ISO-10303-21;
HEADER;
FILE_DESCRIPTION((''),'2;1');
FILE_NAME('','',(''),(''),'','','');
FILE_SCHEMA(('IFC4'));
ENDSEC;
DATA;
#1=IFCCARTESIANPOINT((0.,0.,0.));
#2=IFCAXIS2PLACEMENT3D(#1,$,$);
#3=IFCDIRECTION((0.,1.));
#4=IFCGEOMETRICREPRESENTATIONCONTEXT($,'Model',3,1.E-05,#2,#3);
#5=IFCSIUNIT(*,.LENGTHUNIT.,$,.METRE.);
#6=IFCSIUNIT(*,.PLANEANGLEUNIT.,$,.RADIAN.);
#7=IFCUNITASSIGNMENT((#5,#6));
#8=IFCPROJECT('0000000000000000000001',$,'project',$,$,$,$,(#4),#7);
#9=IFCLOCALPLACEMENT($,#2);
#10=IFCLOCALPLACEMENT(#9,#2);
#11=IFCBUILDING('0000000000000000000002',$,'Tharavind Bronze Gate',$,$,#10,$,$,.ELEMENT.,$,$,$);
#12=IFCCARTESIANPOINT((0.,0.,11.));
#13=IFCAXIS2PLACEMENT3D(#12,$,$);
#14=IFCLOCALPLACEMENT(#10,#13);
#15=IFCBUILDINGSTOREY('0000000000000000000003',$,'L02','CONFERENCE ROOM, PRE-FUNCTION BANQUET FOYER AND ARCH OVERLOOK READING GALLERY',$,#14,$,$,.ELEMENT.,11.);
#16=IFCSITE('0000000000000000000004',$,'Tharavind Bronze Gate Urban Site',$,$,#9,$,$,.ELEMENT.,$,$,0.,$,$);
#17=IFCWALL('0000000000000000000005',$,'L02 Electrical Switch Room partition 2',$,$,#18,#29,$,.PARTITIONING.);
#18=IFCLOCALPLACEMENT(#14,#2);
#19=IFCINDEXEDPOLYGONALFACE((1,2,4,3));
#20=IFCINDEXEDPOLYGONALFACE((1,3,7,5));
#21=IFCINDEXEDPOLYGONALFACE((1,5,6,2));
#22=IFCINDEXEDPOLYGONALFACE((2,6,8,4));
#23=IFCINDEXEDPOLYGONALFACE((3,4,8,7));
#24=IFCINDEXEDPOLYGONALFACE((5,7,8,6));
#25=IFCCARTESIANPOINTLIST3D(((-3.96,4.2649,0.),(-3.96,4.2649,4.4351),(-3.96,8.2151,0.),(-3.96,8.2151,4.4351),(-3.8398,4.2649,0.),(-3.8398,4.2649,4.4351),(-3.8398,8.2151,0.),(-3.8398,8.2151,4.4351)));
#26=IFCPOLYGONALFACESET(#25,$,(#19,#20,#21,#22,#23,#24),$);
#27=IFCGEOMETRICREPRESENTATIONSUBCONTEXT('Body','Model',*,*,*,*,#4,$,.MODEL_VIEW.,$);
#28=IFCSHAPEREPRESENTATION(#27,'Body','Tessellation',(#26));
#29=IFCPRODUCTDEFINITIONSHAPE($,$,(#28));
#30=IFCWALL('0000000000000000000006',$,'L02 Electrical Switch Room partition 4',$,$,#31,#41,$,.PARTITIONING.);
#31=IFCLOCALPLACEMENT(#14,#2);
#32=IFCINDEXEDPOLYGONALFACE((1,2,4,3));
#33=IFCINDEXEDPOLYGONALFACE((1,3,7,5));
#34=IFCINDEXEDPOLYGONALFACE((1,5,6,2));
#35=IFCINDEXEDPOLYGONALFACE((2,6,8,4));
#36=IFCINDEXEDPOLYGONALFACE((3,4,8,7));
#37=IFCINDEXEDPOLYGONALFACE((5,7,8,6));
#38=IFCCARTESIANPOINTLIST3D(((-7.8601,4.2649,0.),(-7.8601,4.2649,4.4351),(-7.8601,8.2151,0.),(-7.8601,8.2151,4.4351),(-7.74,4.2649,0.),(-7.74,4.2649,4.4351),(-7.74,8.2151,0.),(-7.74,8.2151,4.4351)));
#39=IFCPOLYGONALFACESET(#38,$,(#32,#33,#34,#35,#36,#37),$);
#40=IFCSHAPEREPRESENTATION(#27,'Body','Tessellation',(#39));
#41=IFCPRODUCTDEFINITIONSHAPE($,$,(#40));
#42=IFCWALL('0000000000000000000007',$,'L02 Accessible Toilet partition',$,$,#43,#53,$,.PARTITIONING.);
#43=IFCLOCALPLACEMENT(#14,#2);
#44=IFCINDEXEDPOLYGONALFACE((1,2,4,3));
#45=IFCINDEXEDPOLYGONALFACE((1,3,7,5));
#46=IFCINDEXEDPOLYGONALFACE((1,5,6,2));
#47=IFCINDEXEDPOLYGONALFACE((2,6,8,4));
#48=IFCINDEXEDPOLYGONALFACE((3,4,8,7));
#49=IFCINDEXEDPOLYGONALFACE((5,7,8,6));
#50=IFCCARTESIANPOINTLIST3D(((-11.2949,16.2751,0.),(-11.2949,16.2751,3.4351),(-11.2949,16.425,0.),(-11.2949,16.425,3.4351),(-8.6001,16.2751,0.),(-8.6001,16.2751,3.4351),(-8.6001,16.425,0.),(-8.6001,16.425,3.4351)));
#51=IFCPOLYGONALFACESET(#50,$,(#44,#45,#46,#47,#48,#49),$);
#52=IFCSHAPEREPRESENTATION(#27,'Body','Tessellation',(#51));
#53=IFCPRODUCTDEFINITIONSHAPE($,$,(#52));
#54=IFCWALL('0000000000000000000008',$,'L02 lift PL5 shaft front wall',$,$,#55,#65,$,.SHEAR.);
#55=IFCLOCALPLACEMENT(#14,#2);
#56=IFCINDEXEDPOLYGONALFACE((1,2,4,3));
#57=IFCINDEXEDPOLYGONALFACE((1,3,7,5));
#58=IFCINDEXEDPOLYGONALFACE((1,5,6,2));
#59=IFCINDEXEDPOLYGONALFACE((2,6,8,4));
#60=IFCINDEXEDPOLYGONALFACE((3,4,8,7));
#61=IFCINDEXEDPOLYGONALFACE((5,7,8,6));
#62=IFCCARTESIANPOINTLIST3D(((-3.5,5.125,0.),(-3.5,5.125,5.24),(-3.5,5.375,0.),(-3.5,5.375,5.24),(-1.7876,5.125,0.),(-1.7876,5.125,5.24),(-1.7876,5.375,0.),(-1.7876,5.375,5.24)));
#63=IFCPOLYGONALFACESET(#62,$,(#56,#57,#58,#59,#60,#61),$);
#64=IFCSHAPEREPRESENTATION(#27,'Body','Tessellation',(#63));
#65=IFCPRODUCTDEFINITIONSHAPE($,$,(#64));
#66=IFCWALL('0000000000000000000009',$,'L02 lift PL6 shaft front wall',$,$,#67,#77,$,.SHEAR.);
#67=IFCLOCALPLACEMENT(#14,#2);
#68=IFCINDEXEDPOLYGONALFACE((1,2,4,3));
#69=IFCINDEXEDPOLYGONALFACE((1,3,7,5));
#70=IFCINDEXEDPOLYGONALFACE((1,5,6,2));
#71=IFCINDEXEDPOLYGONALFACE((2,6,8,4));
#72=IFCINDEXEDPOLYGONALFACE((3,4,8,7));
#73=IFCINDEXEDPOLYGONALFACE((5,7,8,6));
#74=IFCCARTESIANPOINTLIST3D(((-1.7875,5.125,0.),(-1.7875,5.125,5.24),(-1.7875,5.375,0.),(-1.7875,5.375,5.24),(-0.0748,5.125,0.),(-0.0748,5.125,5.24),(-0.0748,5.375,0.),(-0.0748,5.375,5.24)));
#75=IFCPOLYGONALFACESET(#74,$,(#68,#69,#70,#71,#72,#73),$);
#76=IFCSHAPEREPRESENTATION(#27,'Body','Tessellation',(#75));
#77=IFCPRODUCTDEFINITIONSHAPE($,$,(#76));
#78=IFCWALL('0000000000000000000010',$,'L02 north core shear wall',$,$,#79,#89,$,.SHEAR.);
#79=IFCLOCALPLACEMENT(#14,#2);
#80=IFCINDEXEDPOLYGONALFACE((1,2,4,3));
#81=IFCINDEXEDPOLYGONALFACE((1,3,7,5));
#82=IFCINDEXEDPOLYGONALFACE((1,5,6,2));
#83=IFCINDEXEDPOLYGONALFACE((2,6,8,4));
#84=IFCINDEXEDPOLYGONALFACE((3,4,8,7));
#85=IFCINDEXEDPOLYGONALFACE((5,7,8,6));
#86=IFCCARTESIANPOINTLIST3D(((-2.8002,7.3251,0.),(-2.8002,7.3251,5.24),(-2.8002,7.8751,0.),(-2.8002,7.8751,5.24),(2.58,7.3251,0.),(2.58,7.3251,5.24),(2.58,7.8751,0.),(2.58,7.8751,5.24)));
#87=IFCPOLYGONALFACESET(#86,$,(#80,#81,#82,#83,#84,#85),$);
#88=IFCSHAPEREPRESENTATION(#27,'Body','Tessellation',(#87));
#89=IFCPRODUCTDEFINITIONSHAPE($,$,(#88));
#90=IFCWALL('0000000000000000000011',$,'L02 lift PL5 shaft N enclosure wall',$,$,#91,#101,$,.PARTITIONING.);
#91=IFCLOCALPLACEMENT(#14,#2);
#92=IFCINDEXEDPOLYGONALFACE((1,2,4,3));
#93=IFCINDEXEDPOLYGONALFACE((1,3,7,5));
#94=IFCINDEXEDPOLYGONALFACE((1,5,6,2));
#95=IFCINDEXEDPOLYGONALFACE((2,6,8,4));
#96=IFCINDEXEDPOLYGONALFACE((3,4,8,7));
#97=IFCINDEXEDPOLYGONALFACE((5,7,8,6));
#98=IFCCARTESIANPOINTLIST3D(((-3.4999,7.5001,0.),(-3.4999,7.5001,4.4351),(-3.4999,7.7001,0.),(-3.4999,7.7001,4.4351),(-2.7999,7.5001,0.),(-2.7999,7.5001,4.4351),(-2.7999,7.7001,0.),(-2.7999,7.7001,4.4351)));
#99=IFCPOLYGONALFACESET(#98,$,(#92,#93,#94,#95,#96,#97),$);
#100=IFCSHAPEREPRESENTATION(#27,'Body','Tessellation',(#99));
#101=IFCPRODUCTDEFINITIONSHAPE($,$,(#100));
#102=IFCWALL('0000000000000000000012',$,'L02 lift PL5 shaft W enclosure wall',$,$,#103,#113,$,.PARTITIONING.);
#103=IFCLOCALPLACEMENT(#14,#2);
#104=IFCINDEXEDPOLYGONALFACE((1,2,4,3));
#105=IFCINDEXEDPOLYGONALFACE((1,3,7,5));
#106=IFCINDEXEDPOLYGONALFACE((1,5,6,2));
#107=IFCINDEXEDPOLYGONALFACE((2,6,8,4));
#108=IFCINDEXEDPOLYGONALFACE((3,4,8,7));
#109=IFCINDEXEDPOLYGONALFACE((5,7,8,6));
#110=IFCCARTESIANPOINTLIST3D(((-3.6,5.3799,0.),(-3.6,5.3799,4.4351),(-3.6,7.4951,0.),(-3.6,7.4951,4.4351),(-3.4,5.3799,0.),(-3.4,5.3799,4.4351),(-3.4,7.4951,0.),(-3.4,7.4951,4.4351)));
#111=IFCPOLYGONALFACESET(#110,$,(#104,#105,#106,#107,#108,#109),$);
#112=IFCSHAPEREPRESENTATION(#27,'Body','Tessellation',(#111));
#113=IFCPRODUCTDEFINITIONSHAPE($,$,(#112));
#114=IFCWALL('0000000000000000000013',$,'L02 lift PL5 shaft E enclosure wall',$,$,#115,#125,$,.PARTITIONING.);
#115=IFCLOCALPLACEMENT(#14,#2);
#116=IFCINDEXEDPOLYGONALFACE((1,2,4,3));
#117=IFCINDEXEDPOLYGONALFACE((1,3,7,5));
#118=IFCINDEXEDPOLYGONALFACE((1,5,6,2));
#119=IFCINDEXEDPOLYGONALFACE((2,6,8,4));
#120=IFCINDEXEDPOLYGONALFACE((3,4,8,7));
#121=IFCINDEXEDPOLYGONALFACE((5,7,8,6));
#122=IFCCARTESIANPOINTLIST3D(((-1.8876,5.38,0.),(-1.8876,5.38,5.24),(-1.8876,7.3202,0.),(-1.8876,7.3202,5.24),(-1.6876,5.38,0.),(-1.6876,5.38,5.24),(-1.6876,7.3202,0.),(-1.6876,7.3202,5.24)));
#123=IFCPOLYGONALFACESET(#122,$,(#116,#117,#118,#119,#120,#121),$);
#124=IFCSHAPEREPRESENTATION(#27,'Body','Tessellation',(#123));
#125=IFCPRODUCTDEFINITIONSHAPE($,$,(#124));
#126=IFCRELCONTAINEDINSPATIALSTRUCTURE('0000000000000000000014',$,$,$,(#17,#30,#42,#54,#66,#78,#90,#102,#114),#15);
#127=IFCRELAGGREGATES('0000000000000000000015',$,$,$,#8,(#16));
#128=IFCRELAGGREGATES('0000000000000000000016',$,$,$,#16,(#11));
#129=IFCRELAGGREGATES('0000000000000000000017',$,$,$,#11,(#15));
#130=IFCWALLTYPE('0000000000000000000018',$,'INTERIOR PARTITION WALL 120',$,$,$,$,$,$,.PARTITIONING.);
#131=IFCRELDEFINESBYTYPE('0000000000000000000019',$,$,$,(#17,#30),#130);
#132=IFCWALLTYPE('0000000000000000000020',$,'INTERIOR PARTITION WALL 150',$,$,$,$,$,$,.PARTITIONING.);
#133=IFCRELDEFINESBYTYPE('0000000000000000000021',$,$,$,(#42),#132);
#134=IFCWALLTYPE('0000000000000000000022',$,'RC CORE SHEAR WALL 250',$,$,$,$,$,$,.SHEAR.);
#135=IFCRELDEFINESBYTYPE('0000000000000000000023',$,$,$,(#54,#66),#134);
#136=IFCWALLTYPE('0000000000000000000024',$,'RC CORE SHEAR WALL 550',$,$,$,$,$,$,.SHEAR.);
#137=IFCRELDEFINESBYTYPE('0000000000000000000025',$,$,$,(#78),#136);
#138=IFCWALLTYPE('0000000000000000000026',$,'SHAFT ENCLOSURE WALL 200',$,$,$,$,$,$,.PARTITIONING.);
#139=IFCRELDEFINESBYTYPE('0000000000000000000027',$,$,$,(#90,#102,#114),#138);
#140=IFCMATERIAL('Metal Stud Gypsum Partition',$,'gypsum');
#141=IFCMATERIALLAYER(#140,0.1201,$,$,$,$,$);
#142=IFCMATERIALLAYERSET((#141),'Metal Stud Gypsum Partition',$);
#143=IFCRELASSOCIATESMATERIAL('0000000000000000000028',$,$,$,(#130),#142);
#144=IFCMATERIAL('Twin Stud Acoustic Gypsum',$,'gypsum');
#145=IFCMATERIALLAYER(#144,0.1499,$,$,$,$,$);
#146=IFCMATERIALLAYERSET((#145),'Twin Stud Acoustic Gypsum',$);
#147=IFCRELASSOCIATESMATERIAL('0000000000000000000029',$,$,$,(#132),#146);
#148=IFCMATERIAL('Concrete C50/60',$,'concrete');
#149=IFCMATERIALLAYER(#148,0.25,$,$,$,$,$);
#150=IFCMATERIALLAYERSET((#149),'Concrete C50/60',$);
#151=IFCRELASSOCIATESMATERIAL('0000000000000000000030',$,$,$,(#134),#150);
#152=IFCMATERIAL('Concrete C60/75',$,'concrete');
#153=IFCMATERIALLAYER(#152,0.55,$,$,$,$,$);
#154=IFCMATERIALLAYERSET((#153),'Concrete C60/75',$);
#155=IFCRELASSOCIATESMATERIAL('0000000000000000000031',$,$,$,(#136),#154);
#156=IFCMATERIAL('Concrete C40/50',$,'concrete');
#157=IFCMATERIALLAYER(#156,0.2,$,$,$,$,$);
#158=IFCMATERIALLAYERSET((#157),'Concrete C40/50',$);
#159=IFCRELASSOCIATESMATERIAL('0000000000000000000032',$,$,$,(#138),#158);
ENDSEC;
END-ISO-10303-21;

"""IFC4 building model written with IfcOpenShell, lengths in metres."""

from ifc_helpers import new_model, si_unit, direction, frame, frame_2d, origin, place, context, subcontext, project, spatial, rectangle, extrude, material, layer, layer_set, type_object, element, save


model = new_model("IFC4")

# Units and contexts
model_context = context("Model", 3, precision=1e-05, world=origin(), true_north=direction((0.0, 1.0)))
body_context = subcontext(model_context, "Body", "Model", "MODEL_VIEW")
ifc_project = project(units=[si_unit("LENGTHUNIT", "METRE"), si_unit("PLANEANGLEUNIT", "RADIAN")], contexts=[model_context])

# Site, building, storey
site_placement = place(None, origin())
site = spatial("IfcSite", under=ifc_project, at=site_placement, Name="Tharavind Bronze Gate Urban Site", CompositionType="ELEMENT", RefElevation=0.0)
building_placement = place(site_placement, origin())
building = spatial("IfcBuilding", under=site, at=building_placement, Name="Tharavind Bronze Gate", CompositionType="ELEMENT")
storey_placement = place(building_placement, frame((0.0, 0.0, 11.0)))
storey = spatial("IfcBuildingStorey", under=building, at=storey_placement, Name="L02", Description="CONFERENCE ROOM, PRE-FUNCTION BANQUET FOYER AND ARCH OVERLOOK READING GALLERY", CompositionType="ELEMENT", Elevation=11.0)

# Shared definitions
ifc_material_1 = material(Name="Concrete C60/75", Category="concrete")

# Walls
ifc_material_2 = material(Name="Metal Stud Gypsum Partition", Category="gypsum")
ifc_layer_1 = layer(ifc_material_2, 0.1201)
ifc_layer_set_1 = layer_set([ifc_layer_1], Name="Metal Stud Gypsum Partition")
wall_type_1 = type_object("IfcWallType", Name="INTERIOR PARTITION WALL 120", PredefinedType="PARTITIONING", material=ifc_layer_set_1)
for number, where, z_axis, x_axis, name in (
    (1, (-3.8999, 4.2649, 0.0), (0.0, 0.0, 1.0), (0.0, 1.0, 0.0), "L02 Electrical Switch Room partition 2"),
    (2, (-7.8, 8.2151, 0.0), (0.0, 0.0, 1.0), (0.0, -1.0, 0.0), "L02 Electrical Switch Room partition 4"),
):
    element("IfcWall", number, at=place(storey_placement, frame(where, z_axis=z_axis, x_axis=x_axis)), inside=storey, type_object=wall_type_1, Name=name, PredefinedType="PARTITIONING", context=body_context, shape_type="SweptSolid", body=[
        extrude(rectangle(XDim=3.9502, YDim=0.1201, at=frame_2d((1.9751, 0.0))), origin(), (0.0, 0.0, 1.0), 4.4351),
    ])
ifc_material_3 = material(Name="Twin Stud Acoustic Gypsum", Category="gypsum")
ifc_layer_2 = layer(ifc_material_3, 0.1499)
ifc_layer_set_2 = layer_set([ifc_layer_2], Name="Twin Stud Acoustic Gypsum")
wall_type_2 = type_object("IfcWallType", Name="INTERIOR PARTITION WALL 150", PredefinedType="PARTITIONING", material=ifc_layer_set_2)
wall_1_placement = place(storey_placement, frame((-11.2949, 16.3501, 0.0), z_axis=(0.0, 0.0, 1.0), x_axis=(1.0, 0.0, 0.0)))
element("IfcWall", 3, at=wall_1_placement, inside=storey, type_object=wall_type_2, Name="L02 Accessible Toilet partition", PredefinedType="PARTITIONING", context=body_context, shape_type="SweptSolid", body=[
    extrude(rectangle(XDim=2.6948, YDim=0.1499, at=frame_2d((1.3474, 0.0))), origin(), (0.0, 0.0, 1.0), 3.4351),
])
ifc_material_4 = material(Name="Concrete C50/60", Category="concrete")
ifc_layer_3 = layer(ifc_material_4, 0.25)
ifc_layer_set_3 = layer_set([ifc_layer_3], Name="Concrete C50/60")
wall_type_3 = type_object("IfcWallType", Name="RC CORE SHEAR WALL 250", PredefinedType="SHEAR", material=ifc_layer_set_3)
wall_2_placement = place(storey_placement, frame((-3.5, 5.25, 0.0), z_axis=(0.0, 0.0, 1.0), x_axis=(1.0, 0.0, 0.0)))
element("IfcWall", 4, at=wall_2_placement, inside=storey, type_object=wall_type_3, Name="L02 lift PL5 shaft front wall", PredefinedType="SHEAR", context=body_context, shape_type="SweptSolid", body=[
    extrude(rectangle(XDim=1.7124, YDim=0.25, at=frame_2d((0.8562, 0.0))), origin(), (0.0, 0.0, 1.0), 5.24),
])
wall_3_placement = place(storey_placement, frame((-1.7876, 5.25, 0.0), z_axis=(0.0, 0.0, 1.0), x_axis=(1.0, 0.0, 0.0)))
element("IfcWall", 5, at=wall_3_placement, inside=storey, type_object=wall_type_3, Name="L02 lift PL6 shaft front wall", PredefinedType="SHEAR", context=body_context, shape_type="SweptSolid", body=[
    extrude(rectangle(XDim=1.7126, YDim=0.25, at=frame_2d((0.8564, 0.0))), origin(), (0.0, 0.0, 1.0), 5.24),
])
ifc_layer_4 = layer(ifc_material_1, 0.55)
ifc_layer_set_4 = layer_set([ifc_layer_4], Name="Concrete C60/75")
wall_type_4 = type_object("IfcWallType", Name="RC CORE SHEAR WALL 550", PredefinedType="SHEAR", material=ifc_layer_set_4)
wall_4_placement = place(storey_placement, frame((-2.8, 7.6001, 0.0), z_axis=(0.0, 0.0, 1.0), x_axis=(1.0, 0.0, 0.0)))
element("IfcWall", 6, at=wall_4_placement, inside=storey, type_object=wall_type_4, Name="L02 north core shear wall", PredefinedType="SHEAR", context=body_context, shape_type="SweptSolid", body=[
    extrude(rectangle(XDim=5.3801, YDim=0.55, at=frame_2d((2.6899, 0.0))), origin(), (0.0, 0.0, 1.0), 5.24),
])
ifc_material_5 = material(Name="Concrete C40/50", Category="concrete")
ifc_layer_5 = layer(ifc_material_5, 0.2)
ifc_layer_set_5 = layer_set([ifc_layer_5], Name="Concrete C40/50")
wall_type_5 = type_object("IfcWallType", Name="SHAFT ENCLOSURE WALL 200", PredefinedType="PARTITIONING", material=ifc_layer_set_5)
wall_5_placement = place(storey_placement, frame((-3.5, 7.6001, 0.0), z_axis=(0.0, 0.0, 1.0), x_axis=(1.0, 0.0, 0.0)))
element("IfcWall", 7, at=wall_5_placement, inside=storey, type_object=wall_type_5, Name="L02 lift PL5 shaft N enclosure wall", PredefinedType="PARTITIONING", context=body_context, shape_type="SweptSolid", body=[
    extrude(rectangle(XDim=0.7, YDim=0.2, at=frame_2d((0.3501, 0.0))), origin(), (0.0, 0.0, 1.0), 4.4351),
])
wall_6_placement = place(storey_placement, frame((-3.5, 5.3799, 0.0), z_axis=(0.0, 0.0, 1.0), x_axis=(0.0, 1.0, 0.0)))
element("IfcWall", 8, at=wall_6_placement, inside=storey, type_object=wall_type_5, Name="L02 lift PL5 shaft W enclosure wall", PredefinedType="PARTITIONING", context=body_context, shape_type="SweptSolid", body=[
    extrude(rectangle(XDim=2.1152, YDim=0.2, at=frame_2d((1.0576, 0.0))), origin(), (0.0, 0.0, 1.0), 4.4351),
])
wall_7_placement = place(storey_placement, frame((-1.7876, 5.3799, 0.0), z_axis=(0.0, 0.0, 1.0), x_axis=(0.0, 1.0, 0.0)))
element("IfcWall", 9, at=wall_7_placement, inside=storey, type_object=wall_type_5, Name="L02 lift PL5 shaft E enclosure wall", PredefinedType="PARTITIONING", context=body_context, shape_type="SweptSolid", body=[
    extrude(rectangle(XDim=1.9402, YDim=0.2, at=frame_2d((0.9702, 0.0))), origin(), (0.0, 0.0, 1.0), 5.24),
])

save(model, "model.ifc")
